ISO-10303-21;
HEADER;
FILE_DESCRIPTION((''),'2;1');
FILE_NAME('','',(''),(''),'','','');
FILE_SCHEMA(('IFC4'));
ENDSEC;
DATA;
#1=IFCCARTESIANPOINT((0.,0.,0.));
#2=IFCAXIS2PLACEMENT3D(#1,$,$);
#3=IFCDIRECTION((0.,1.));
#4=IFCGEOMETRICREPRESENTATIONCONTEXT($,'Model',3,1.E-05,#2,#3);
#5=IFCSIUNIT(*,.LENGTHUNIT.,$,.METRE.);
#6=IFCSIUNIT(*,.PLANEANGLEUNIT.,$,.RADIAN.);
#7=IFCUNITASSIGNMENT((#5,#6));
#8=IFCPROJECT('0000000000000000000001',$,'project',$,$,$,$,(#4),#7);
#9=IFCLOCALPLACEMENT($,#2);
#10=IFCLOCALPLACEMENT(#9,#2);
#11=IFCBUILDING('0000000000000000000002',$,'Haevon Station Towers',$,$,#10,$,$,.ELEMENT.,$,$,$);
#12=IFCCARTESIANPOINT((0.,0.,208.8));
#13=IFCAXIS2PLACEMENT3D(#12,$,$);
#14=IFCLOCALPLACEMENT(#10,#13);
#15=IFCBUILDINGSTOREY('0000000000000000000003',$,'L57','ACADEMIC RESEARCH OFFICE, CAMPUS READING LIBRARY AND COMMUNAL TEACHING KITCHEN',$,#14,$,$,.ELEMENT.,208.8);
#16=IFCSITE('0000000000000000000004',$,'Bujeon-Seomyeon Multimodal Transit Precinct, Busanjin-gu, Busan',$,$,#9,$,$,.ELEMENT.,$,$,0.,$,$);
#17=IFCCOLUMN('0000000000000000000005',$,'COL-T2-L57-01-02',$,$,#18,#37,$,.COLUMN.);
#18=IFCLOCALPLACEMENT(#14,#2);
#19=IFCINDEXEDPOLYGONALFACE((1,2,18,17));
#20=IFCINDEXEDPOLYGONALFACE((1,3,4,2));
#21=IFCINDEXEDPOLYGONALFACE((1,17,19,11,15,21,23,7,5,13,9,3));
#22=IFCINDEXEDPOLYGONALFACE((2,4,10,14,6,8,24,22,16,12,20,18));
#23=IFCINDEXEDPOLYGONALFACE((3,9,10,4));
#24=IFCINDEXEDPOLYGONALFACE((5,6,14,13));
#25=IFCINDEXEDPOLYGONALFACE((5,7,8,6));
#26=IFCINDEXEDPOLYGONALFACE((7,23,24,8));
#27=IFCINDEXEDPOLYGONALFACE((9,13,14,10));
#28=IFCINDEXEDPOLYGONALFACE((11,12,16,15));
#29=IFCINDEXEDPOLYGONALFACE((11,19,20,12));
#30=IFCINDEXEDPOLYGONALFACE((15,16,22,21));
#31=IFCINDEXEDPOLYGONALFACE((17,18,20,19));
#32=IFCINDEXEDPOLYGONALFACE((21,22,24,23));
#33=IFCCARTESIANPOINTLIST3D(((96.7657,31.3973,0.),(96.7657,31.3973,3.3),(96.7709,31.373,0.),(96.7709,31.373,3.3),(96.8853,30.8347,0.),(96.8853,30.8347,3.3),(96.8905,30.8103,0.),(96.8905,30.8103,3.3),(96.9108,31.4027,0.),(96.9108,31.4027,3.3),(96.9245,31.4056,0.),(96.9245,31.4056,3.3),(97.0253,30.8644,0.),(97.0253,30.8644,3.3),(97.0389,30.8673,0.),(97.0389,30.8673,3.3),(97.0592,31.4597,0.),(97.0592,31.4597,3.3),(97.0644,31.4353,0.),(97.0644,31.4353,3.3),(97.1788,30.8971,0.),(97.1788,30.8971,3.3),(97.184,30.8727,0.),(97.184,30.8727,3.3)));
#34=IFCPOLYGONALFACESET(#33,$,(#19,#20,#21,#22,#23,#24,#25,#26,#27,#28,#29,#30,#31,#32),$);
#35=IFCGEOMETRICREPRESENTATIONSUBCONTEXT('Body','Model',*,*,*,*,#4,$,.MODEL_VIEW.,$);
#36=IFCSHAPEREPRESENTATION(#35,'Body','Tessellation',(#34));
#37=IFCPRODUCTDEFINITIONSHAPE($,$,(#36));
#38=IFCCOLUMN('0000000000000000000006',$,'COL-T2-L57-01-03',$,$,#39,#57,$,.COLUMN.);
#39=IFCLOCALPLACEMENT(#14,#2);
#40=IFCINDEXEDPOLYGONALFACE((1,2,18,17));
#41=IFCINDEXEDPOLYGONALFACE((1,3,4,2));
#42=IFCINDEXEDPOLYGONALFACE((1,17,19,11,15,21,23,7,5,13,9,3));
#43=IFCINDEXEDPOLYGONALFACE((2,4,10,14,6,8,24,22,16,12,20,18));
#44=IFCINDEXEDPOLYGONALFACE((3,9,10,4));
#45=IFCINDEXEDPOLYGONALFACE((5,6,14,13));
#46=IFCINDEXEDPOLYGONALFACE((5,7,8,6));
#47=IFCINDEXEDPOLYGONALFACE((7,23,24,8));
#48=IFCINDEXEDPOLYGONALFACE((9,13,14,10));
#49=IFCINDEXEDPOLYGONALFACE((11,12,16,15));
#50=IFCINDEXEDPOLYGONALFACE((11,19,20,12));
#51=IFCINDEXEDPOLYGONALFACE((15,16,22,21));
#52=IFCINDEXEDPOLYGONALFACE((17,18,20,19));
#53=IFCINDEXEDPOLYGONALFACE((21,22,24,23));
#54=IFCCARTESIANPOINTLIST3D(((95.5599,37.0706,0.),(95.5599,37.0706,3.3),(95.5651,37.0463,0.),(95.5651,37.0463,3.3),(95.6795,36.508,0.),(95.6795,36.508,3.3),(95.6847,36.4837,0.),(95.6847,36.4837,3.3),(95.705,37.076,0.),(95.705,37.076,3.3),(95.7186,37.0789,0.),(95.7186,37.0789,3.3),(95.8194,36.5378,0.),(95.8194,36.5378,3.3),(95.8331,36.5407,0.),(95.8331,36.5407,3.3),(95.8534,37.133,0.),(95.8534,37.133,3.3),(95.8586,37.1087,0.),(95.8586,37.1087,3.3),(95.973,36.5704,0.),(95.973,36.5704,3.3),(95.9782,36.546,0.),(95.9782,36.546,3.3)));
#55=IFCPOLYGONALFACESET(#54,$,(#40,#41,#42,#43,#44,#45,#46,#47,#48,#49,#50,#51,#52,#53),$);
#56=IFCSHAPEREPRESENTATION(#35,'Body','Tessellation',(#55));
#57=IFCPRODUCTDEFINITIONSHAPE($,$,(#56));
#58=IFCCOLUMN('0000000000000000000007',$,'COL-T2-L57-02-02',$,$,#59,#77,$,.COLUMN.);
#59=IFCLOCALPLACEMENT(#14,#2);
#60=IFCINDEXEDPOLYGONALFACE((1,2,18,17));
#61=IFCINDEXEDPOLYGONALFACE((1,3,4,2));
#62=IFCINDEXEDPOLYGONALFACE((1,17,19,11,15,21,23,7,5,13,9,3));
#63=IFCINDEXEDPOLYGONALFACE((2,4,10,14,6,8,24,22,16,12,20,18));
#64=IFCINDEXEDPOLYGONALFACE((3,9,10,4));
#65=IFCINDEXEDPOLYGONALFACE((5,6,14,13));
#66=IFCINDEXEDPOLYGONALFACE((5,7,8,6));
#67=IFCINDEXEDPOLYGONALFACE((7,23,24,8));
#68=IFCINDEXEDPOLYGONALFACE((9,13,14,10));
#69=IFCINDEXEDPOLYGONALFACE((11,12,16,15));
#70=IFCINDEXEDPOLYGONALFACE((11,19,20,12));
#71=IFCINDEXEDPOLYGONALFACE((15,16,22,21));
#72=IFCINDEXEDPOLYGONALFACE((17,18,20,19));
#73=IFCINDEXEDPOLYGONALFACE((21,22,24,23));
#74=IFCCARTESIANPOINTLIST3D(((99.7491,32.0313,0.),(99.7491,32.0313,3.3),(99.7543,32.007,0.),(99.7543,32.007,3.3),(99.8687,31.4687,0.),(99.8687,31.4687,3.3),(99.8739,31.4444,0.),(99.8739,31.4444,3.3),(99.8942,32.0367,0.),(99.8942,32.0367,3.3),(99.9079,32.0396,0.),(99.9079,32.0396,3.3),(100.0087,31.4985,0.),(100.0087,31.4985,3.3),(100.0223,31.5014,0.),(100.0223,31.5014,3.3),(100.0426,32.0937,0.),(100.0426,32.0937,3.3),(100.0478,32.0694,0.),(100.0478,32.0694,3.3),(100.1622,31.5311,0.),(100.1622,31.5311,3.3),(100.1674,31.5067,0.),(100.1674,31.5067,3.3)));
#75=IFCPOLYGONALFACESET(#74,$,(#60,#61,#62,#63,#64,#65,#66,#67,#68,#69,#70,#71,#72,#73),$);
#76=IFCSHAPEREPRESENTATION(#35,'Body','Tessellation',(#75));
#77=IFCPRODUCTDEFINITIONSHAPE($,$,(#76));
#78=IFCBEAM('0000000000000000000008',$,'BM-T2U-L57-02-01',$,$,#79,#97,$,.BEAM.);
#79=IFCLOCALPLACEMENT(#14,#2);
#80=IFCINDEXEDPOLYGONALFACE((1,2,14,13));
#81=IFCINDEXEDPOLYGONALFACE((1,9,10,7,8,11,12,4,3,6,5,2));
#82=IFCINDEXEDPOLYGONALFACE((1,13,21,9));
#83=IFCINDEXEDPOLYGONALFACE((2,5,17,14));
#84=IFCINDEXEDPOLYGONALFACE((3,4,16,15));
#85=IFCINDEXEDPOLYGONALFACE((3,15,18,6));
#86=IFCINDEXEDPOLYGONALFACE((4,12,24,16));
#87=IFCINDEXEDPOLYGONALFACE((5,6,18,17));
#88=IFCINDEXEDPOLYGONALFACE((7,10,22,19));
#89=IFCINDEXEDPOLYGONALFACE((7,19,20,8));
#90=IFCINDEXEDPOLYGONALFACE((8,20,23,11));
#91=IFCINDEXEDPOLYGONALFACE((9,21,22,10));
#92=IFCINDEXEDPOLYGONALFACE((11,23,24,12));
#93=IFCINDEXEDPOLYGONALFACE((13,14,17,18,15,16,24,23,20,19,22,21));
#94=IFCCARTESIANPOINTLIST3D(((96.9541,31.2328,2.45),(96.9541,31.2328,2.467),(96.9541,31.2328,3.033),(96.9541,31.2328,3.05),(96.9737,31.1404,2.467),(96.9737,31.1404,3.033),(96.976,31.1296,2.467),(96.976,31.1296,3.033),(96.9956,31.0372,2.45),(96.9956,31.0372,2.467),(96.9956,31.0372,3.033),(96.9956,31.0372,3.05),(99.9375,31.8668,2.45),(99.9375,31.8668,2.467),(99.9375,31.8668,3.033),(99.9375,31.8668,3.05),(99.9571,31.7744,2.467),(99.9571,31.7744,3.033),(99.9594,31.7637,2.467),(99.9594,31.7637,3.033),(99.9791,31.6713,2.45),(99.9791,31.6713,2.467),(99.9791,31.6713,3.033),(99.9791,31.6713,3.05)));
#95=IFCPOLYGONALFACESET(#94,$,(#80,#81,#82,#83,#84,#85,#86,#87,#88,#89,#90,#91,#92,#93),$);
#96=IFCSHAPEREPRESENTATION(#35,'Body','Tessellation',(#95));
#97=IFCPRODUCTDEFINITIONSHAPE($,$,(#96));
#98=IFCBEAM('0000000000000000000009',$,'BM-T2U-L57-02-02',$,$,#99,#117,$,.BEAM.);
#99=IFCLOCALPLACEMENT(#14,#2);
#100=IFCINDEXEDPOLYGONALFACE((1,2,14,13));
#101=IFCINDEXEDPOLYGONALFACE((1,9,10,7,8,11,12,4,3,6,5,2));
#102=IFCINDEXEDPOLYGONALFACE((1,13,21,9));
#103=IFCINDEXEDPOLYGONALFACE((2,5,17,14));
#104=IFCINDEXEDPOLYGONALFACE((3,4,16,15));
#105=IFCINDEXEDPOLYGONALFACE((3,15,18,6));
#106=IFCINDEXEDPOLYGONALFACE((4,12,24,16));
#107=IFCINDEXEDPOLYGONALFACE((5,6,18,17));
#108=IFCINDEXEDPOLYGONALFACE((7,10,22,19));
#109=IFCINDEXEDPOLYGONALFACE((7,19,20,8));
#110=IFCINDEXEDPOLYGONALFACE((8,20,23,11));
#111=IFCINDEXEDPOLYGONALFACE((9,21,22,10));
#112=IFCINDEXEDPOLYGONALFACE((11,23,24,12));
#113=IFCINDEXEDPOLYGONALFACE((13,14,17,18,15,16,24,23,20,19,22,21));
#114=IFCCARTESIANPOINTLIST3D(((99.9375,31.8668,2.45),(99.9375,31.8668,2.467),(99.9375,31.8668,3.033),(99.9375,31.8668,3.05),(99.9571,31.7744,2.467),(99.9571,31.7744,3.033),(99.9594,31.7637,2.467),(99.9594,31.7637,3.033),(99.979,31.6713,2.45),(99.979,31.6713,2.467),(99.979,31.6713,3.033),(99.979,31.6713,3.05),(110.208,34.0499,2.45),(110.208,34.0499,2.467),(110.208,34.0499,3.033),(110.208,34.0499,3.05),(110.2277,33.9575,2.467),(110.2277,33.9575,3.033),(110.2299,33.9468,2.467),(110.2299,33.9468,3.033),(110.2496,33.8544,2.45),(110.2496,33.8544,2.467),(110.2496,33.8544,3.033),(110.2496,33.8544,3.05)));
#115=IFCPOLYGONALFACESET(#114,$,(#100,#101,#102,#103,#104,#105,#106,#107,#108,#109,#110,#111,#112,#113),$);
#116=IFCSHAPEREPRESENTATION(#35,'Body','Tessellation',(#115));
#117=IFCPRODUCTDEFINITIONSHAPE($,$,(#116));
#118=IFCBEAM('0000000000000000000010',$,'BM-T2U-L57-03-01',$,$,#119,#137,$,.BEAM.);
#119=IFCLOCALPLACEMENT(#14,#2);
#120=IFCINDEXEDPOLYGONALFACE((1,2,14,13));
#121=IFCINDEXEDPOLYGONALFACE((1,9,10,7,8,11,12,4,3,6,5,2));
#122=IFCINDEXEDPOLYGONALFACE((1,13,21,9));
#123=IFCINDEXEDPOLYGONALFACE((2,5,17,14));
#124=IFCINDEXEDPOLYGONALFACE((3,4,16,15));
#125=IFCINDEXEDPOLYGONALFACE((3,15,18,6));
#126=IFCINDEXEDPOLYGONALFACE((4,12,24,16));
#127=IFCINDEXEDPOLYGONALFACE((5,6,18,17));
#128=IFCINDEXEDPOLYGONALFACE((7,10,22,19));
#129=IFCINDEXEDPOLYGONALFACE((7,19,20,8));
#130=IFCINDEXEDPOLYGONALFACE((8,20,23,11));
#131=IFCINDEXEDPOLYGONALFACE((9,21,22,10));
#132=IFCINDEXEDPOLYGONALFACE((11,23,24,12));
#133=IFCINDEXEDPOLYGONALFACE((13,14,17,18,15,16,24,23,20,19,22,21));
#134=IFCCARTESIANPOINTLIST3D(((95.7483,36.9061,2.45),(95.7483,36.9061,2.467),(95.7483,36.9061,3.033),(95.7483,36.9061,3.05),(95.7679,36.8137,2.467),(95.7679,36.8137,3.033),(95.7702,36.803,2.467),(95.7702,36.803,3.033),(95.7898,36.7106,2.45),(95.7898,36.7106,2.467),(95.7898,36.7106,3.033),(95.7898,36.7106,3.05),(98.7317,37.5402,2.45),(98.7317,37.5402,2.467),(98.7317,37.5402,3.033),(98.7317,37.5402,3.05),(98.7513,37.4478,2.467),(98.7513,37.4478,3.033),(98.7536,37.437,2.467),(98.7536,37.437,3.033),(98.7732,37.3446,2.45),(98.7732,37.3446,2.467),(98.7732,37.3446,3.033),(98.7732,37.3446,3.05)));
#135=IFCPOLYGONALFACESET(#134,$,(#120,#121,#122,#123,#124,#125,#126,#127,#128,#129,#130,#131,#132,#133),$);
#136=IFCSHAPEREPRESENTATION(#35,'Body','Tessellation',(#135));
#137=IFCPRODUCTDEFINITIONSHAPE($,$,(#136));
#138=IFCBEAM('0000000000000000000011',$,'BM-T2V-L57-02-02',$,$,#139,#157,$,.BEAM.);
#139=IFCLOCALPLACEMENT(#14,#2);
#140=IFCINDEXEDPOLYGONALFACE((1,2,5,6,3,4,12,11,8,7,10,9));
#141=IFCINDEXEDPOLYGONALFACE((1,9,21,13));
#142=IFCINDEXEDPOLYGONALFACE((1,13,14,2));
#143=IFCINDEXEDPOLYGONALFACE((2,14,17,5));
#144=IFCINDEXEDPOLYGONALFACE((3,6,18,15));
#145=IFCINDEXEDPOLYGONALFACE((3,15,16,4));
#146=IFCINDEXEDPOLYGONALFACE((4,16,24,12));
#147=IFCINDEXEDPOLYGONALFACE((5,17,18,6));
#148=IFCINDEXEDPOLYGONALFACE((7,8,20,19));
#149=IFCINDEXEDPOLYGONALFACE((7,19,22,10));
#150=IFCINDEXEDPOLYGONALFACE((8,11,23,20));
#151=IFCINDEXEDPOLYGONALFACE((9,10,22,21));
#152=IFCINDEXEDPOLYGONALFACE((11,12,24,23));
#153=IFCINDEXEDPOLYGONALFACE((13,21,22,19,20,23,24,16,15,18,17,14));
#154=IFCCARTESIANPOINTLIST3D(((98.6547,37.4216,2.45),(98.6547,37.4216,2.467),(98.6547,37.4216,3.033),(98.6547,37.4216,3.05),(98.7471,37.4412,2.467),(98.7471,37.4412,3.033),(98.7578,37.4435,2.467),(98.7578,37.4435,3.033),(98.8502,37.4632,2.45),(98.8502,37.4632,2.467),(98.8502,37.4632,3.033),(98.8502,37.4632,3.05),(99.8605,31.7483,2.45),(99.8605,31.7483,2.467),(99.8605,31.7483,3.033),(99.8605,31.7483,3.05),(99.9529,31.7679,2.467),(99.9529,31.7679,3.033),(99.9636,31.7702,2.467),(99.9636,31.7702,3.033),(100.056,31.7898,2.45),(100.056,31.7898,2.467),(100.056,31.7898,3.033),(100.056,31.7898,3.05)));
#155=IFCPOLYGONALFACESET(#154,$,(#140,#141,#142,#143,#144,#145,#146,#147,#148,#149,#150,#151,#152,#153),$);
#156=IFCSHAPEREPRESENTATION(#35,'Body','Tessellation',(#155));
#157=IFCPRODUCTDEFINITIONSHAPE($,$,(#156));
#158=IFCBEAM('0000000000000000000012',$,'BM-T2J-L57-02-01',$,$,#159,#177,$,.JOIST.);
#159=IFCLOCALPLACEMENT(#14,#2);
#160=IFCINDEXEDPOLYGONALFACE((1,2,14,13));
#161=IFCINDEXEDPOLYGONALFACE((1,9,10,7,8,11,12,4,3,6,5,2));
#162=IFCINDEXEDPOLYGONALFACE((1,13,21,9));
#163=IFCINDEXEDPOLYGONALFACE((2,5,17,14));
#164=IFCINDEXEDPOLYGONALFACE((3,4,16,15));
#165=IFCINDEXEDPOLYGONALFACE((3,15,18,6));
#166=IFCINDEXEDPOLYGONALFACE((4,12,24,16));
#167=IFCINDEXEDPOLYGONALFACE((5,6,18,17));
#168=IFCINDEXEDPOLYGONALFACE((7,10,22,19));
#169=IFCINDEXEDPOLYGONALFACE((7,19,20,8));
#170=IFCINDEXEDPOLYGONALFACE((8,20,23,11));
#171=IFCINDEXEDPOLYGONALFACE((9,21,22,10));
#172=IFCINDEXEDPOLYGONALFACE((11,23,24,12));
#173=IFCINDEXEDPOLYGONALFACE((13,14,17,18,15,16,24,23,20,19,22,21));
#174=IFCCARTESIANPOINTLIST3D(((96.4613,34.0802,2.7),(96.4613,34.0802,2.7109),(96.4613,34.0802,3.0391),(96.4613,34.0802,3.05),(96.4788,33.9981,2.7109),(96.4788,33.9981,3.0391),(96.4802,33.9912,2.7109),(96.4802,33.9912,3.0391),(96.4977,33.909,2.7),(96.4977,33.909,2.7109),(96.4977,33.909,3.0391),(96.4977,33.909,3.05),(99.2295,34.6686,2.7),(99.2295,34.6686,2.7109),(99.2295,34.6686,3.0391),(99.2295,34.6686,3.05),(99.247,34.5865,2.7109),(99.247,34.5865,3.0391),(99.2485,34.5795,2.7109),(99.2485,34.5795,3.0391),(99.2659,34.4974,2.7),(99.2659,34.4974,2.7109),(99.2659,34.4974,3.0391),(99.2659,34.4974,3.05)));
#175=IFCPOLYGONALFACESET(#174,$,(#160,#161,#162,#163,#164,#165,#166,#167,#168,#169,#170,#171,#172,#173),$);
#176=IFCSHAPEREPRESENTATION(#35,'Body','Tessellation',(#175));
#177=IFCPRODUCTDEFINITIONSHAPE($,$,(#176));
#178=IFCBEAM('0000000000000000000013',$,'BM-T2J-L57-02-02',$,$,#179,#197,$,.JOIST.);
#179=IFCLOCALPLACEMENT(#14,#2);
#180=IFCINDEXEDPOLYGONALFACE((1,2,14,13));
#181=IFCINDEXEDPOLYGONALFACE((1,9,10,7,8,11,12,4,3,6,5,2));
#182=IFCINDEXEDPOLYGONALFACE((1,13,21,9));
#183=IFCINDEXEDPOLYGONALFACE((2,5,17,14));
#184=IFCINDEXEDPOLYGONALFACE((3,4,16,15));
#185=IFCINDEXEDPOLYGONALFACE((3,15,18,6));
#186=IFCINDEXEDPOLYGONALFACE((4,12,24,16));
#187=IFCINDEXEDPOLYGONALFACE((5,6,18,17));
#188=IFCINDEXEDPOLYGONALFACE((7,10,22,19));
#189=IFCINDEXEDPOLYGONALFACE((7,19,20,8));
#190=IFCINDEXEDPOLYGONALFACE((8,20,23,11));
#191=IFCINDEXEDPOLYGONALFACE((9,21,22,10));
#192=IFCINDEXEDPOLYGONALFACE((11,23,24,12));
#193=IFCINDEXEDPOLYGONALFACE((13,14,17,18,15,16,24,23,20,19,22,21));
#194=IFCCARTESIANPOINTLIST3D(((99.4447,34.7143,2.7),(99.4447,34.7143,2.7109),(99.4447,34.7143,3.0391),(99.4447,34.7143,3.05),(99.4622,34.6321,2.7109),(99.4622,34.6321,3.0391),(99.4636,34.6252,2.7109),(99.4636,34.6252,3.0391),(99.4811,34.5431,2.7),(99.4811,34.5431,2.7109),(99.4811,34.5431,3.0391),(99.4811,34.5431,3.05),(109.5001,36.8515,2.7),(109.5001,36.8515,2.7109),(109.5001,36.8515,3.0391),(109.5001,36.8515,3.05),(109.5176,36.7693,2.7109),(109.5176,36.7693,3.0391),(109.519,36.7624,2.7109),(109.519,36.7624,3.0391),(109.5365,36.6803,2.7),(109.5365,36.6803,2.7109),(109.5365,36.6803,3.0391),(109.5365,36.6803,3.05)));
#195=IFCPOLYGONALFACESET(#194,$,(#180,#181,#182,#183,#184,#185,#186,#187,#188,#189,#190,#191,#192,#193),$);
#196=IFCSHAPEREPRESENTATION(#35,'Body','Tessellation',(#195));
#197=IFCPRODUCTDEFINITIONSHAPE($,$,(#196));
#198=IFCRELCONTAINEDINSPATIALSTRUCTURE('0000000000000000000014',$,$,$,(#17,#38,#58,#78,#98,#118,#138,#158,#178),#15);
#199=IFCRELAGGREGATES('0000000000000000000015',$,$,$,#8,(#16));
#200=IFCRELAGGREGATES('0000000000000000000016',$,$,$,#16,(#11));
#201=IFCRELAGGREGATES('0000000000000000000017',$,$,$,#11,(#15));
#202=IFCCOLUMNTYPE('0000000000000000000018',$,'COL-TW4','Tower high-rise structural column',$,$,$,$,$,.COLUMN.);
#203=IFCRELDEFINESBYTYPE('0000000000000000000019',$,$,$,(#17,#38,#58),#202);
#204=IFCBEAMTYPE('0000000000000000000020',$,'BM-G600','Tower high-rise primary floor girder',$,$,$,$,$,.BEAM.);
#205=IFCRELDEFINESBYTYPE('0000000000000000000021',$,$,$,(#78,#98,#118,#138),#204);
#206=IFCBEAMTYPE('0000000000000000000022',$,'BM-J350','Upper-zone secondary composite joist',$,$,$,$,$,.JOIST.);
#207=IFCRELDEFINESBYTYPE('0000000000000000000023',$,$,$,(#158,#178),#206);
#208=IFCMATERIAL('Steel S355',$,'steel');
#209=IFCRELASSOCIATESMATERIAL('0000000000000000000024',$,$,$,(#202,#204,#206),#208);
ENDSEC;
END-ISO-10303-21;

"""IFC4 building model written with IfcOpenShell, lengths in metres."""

from ifc_helpers import new_model, si_unit, direction, frame, origin, origin_2d, place, context, subcontext, project, spatial, i_section, extrude, material, material_profile, profile_set, type_object, element, save


model = new_model("IFC4")

# Units and contexts
model_context = context("Model", 3, precision=1e-05, world=origin(), true_north=direction((0.0, 1.0)))
body_context = subcontext(model_context, "Body", "Model", "MODEL_VIEW")
ifc_project = project(units=[si_unit("LENGTHUNIT", "METRE"), si_unit("PLANEANGLEUNIT", "RADIAN")], contexts=[model_context])

# Site, building, storey
site_placement = place(None, origin())
site = spatial("IfcSite", under=ifc_project, at=site_placement, Name="Bujeon-Seomyeon Multimodal Transit Precinct, Busanjin-gu, Busan", CompositionType="ELEMENT", RefElevation=0.0)
building_placement = place(site_placement, origin())
building = spatial("IfcBuilding", under=site, at=building_placement, Name="Haevon Station Towers", CompositionType="ELEMENT")
storey_placement = place(building_placement, frame((0.0, 0.0, 208.8)))
storey = spatial("IfcBuildingStorey", under=building, at=storey_placement, Name="L57", Description="ACADEMIC RESEARCH OFFICE, CAMPUS READING LIBRARY AND COMMUNAL TEACHING KITCHEN", CompositionType="ELEMENT", Elevation=208.8)

# Columns
ifc_material_1 = material(Name="Steel S355", Category="steel")
ifc_material_profile_1 = material_profile(ifc_material_1, i_section(OverallWidth=0.3, OverallDepth=0.6001, WebThickness=0.0139, FlangeThickness=0.0249, at=origin_2d()), Name="H-600x300x14x25")
ifc_profile_set_1 = profile_set([ifc_material_profile_1], Name="Steel S355")
column_type = type_object("IfcColumnType", Name="COL-TW4", Description="Tower high-rise structural column", PredefinedType="COLUMN", material=ifc_profile_set_1)
for number, where, z_axis, x_axis, name in (
    (1, (96.9749, 31.135, 0.0), (0.0, 0.0, 1.0), (0.978148, 0.207912, 0.0), "COL-T2-L57-01-02"),
    (2, (95.769, 36.8083, 0.0), (0.0, 0.0, 1.0), (0.978148, 0.207912, 0.0), "COL-T2-L57-01-03"),
    (3, (99.9583, 31.769, 0.0), (0.0, 0.0, 1.0), (0.978148, 0.207912, 0.0), "COL-T2-L57-02-02"),
):
    element("IfcColumn", number, at=place(storey_placement, frame(where, z_axis=z_axis, x_axis=x_axis)), inside=storey, type_object=column_type, Name=name, PredefinedType="COLUMN", context=body_context, shape_type="SweptSolid", body=[
        extrude(i_section(OverallWidth=0.3, OverallDepth=0.6001, WebThickness=0.0139, FlangeThickness=0.0249, at=origin_2d()), origin(), (0.0, 0.0, 1.0), 3.3),
    ])

# Beams
ifc_material_profile_2 = material_profile(ifc_material_1, i_section(OverallWidth=0.2, OverallDepth=0.6001, WebThickness=0.011, FlangeThickness=0.0171, at=origin_2d()), Name="H-600x200x11x17")
ifc_profile_set_2 = profile_set([ifc_material_profile_2], Name="Steel S355")
beam_type_1 = type_object("IfcBeamType", Name="BM-G600", Description="Tower high-rise primary floor girder", PredefinedType="BEAM", material=ifc_profile_set_2)
beam_1_placement = place(storey_placement, frame((96.9749, 31.135, 2.75), z_axis=(0.978155, 0.207878, 0.0), x_axis=(-0.207878, 0.978155, 0.0)))
element("IfcBeam", 4, at=beam_1_placement, inside=storey, type_object=beam_type_1, Name="BM-T2U-L57-02-01", PredefinedType="BEAM", context=body_context, shape_type="SweptSolid", body=[
    extrude(i_section(OverallWidth=0.2, OverallDepth=0.6001, WebThickness=0.011, FlangeThickness=0.0171, at=origin_2d()), origin(), (0.0, 0.0, 1.0), 3.05),
])
beam_2_placement = place(storey_placement, frame((99.9583, 31.769, 2.75), z_axis=(0.978147, 0.207915, 0.0), x_axis=(-0.207915, 0.978147, 0.0)))
element("IfcBeam", 5, at=beam_2_placement, inside=storey, type_object=beam_type_1, Name="BM-T2U-L57-02-02", PredefinedType="BEAM", context=body_context, shape_type="SweptSolid", body=[
    extrude(i_section(OverallWidth=0.2, OverallDepth=0.6001, WebThickness=0.011, FlangeThickness=0.0171, at=origin_2d()), origin(), (0.0, 0.0, 1.0), 10.5),
])
beam_3_placement = place(storey_placement, frame((95.769, 36.8083, 2.75), z_axis=(0.978155, 0.207878, 0.0), x_axis=(-0.207878, 0.978155, 0.0)))
element("IfcBeam", 6, at=beam_3_placement, inside=storey, type_object=beam_type_1, Name="BM-T2U-L57-03-01", PredefinedType="BEAM", context=body_context, shape_type="SweptSolid", body=[
    extrude(i_section(OverallWidth=0.2, OverallDepth=0.6001, WebThickness=0.011, FlangeThickness=0.0171, at=origin_2d()), origin(), (0.0, 0.0, 1.0), 3.05),
])
beam_4_placement = place(storey_placement, frame((99.9583, 31.769, 2.75), z_axis=(-0.207896, 0.978151, 0.0), x_axis=(-0.978151, -0.207896, 0.0)))
element("IfcBeam", 7, at=beam_4_placement, inside=storey, type_object=beam_type_1, Name="BM-T2V-L57-02-02", PredefinedType="BEAM", context=body_context, shape_type="SweptSolid", body=[
    extrude(i_section(OverallWidth=0.2, OverallDepth=0.6001, WebThickness=0.011, FlangeThickness=0.0171, at=origin_2d()), origin(), (0.0, 0.0, 1.0), 5.8),
])
ifc_material_profile_3 = material_profile(ifc_material_1, i_section(OverallWidth=0.175, OverallDepth=0.3501, WebThickness=0.0071, FlangeThickness=0.011, at=origin_2d()), Name="H-350x175x7x11")
ifc_profile_set_3 = profile_set([ifc_material_profile_3], Name="Steel S355")
beam_type_2 = type_object("IfcBeamType", Name="BM-J350", Description="Upper-zone secondary composite joist", PredefinedType="JOIST", material=ifc_profile_set_3)
beam_5_placement = place(storey_placement, frame((96.4795, 33.9946, 2.875), z_axis=(0.978151, 0.207897, 0.0), x_axis=(-0.207897, 0.978151, 0.0)))
element("IfcBeam", 8, at=beam_5_placement, inside=storey, type_object=beam_type_2, Name="BM-T2J-L57-02-01", PredefinedType="JOIST", context=body_context, shape_type="SweptSolid", body=[
    extrude(i_section(OverallWidth=0.175, OverallDepth=0.3501, WebThickness=0.0071, FlangeThickness=0.011, at=origin_2d()), origin(), (0.0, 0.0, 1.0), 2.8301),
])
beam_6_placement = place(storey_placement, frame((99.4629, 34.6287, 2.875), z_axis=(0.97815, 0.207899, 0.0), x_axis=(-0.207899, 0.97815, 0.0)))
element("IfcBeam", 9, at=beam_6_placement, inside=storey, type_object=beam_type_2, Name="BM-T2J-L57-02-02", PredefinedType="JOIST", context=body_context, shape_type="SweptSolid", body=[
    extrude(i_section(OverallWidth=0.175, OverallDepth=0.3501, WebThickness=0.0071, FlangeThickness=0.011, at=origin_2d()), origin(), (0.0, 0.0, 1.0), 10.28),
])

save(model, "model.ifc")
